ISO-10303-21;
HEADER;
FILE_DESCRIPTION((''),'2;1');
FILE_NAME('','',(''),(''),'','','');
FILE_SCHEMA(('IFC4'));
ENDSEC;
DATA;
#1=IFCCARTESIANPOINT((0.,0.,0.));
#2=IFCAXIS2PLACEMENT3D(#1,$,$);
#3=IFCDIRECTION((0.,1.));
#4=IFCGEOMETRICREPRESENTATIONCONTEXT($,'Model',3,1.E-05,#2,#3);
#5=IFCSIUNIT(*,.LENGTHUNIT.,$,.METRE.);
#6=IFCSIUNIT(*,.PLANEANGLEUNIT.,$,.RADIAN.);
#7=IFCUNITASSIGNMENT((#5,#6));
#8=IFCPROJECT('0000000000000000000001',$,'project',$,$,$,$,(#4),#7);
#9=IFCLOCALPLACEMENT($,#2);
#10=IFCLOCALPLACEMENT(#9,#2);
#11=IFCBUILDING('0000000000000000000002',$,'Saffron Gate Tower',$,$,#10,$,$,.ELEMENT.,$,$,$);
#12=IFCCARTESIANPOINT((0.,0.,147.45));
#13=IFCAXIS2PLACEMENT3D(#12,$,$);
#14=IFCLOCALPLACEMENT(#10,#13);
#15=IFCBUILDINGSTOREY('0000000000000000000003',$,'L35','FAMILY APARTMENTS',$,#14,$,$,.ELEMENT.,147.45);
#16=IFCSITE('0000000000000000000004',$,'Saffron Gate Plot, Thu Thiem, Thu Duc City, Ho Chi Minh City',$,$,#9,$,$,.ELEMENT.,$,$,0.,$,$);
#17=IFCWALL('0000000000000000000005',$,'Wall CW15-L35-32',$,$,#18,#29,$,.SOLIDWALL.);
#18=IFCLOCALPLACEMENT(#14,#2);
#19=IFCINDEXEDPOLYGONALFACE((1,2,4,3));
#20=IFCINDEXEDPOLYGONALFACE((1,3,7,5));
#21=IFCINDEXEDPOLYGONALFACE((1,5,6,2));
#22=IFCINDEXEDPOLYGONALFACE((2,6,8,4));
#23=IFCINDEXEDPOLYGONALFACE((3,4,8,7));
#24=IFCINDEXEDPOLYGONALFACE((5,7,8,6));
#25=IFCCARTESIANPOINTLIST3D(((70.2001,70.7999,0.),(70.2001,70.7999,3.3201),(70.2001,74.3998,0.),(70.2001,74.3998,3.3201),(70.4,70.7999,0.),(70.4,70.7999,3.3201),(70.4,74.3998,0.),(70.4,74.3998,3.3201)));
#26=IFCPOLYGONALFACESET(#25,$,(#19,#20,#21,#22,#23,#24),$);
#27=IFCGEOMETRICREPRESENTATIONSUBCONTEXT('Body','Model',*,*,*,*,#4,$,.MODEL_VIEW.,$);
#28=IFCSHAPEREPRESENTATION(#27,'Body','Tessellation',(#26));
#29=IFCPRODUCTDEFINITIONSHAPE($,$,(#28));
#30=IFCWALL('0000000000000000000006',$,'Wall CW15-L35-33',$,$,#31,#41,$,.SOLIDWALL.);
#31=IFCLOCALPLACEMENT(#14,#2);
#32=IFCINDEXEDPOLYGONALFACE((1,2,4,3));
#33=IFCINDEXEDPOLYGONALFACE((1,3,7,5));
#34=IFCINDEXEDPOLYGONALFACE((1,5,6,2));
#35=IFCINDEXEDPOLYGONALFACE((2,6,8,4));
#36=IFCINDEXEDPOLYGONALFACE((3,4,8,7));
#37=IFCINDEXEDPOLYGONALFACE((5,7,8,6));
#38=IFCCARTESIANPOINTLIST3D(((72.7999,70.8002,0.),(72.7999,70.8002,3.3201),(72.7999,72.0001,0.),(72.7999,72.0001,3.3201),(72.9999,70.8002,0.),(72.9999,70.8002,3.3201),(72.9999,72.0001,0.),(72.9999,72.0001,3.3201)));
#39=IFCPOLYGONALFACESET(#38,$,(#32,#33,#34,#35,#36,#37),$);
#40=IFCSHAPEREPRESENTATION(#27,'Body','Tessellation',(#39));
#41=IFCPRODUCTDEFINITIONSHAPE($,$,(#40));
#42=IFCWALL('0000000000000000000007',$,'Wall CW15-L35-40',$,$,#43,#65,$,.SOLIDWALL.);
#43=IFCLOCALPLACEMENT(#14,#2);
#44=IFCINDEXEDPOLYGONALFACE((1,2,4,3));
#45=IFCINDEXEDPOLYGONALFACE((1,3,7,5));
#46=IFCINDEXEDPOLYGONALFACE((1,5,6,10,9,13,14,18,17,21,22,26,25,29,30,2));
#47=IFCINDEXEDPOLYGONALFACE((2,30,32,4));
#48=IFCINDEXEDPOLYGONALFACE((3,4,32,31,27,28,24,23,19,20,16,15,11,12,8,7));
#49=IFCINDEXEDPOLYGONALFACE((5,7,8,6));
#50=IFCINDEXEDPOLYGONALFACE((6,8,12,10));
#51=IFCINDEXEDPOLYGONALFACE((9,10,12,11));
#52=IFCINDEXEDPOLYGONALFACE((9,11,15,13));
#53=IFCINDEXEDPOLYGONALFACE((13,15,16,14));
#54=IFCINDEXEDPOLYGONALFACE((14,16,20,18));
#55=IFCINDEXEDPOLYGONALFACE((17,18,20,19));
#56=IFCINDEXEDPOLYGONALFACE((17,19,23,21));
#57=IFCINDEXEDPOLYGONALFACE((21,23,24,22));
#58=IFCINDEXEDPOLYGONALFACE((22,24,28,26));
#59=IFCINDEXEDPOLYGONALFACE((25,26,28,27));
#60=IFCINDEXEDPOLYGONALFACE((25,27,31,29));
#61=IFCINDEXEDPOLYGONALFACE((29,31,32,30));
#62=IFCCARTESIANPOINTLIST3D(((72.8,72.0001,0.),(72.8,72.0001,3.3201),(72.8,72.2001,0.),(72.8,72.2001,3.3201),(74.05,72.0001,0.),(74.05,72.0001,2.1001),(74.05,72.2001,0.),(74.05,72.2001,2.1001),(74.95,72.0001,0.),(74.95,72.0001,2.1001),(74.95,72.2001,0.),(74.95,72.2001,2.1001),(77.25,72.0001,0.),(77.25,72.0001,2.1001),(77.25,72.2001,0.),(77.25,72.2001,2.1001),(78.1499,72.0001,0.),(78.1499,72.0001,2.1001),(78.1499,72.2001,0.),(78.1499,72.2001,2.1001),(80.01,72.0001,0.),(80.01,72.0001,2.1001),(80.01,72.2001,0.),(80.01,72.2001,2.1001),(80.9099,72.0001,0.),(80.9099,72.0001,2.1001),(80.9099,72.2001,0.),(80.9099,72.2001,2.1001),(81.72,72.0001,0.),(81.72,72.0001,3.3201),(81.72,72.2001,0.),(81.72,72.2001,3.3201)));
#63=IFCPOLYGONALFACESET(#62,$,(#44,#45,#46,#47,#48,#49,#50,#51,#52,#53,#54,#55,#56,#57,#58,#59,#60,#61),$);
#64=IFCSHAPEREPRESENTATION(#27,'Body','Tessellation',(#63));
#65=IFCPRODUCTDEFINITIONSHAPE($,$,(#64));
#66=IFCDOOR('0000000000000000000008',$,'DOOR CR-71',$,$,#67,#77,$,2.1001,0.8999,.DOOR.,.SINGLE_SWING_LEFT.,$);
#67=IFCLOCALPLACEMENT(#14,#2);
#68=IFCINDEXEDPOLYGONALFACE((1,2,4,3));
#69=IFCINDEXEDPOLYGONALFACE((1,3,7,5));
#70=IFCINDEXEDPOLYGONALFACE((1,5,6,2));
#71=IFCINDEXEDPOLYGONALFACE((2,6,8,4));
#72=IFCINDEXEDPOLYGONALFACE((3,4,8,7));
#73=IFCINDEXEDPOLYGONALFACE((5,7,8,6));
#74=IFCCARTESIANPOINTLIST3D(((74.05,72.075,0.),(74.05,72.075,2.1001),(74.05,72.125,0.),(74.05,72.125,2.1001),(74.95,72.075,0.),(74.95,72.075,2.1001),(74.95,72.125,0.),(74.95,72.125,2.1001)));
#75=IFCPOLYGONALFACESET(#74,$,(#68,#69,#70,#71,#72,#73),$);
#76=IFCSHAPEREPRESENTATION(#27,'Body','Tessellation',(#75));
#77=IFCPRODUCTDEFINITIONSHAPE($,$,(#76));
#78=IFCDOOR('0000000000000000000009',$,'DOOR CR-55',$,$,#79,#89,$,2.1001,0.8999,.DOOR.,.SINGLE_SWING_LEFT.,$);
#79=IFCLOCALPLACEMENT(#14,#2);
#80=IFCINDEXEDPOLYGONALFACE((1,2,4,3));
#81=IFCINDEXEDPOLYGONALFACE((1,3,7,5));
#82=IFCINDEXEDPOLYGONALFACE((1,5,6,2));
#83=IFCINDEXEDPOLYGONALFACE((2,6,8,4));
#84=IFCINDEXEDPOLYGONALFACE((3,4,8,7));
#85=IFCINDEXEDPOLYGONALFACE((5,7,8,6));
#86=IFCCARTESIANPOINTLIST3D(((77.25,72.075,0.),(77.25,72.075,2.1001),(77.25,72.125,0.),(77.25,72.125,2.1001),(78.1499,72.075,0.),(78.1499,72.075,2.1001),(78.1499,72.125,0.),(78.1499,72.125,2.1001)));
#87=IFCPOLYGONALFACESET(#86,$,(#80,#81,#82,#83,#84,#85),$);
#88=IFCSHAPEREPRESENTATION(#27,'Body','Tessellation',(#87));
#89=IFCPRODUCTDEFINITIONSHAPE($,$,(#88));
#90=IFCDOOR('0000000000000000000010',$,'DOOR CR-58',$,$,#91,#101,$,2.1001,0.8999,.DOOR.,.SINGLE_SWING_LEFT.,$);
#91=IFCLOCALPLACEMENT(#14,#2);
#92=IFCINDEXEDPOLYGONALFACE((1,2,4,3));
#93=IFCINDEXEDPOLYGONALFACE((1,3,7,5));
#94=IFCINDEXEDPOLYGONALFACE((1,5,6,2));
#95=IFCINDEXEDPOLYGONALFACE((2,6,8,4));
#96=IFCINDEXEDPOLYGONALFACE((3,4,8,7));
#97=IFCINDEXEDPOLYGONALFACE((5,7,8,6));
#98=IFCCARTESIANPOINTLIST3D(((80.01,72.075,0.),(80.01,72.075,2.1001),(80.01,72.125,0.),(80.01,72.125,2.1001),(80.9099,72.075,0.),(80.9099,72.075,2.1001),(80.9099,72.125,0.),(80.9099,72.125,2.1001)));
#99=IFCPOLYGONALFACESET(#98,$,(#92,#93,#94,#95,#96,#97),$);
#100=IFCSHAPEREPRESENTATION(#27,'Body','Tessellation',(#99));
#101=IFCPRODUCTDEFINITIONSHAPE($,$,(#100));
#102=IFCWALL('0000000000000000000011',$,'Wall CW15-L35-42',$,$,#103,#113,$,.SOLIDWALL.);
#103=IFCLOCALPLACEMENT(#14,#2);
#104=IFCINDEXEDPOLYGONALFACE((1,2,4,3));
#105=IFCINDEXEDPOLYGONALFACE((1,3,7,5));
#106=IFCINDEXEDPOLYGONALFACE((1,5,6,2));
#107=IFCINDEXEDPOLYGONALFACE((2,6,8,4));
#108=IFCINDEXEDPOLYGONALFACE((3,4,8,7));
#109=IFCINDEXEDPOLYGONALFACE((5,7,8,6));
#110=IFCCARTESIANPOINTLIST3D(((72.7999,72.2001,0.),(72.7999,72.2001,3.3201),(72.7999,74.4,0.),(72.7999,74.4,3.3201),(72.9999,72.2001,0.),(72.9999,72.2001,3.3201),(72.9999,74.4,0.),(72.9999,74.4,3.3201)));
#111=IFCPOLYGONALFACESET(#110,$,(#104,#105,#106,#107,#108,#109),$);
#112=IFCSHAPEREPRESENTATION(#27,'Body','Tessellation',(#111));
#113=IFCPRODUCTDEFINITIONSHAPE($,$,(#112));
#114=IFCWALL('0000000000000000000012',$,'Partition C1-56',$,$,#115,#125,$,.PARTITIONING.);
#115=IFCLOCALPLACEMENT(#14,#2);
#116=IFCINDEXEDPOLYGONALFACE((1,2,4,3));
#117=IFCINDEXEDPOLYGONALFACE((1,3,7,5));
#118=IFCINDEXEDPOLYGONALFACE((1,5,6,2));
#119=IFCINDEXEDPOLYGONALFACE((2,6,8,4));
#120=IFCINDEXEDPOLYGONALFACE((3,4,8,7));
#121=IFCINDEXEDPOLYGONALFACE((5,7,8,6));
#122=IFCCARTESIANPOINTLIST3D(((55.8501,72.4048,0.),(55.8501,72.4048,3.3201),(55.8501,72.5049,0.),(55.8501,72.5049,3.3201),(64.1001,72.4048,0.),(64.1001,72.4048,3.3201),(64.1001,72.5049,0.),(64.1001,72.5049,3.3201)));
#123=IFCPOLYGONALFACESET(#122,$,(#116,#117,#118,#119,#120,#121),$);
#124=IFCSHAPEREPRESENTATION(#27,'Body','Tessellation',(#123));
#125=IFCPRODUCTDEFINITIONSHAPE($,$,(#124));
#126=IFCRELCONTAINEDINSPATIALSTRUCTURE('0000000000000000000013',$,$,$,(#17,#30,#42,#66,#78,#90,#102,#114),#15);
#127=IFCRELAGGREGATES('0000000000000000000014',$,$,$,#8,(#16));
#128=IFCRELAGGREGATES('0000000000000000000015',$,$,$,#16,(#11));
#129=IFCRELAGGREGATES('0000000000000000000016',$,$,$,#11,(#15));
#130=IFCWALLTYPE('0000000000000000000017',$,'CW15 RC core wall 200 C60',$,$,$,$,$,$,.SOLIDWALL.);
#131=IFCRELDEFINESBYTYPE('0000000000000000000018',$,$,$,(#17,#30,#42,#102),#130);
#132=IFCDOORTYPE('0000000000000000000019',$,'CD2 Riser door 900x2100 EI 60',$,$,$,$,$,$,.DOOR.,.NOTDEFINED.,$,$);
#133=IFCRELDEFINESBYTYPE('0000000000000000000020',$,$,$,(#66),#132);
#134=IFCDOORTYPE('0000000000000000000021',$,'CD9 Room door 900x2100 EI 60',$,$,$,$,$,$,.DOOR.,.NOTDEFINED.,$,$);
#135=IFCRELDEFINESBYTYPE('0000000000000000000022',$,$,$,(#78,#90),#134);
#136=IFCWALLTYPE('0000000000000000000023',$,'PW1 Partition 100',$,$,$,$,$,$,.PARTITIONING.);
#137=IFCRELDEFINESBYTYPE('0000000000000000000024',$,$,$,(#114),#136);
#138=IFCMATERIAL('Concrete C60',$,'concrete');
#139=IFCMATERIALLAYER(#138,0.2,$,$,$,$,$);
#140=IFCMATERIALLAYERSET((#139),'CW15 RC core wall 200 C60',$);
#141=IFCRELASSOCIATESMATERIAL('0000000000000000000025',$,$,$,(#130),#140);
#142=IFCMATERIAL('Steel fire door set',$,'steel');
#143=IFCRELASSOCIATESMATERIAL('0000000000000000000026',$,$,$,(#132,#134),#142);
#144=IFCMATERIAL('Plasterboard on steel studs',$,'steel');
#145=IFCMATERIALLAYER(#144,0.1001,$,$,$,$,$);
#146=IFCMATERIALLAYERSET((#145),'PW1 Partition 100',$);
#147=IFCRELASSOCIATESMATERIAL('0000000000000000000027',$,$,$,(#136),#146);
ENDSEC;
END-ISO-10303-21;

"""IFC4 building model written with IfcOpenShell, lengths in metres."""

from ifc_helpers import new_model, si_unit, direction, frame, frame_2d, origin, place, context, subcontext, project, spatial, rectangle, extrude, material, layer, layer_set, type_object, element, fill, save


model = new_model("IFC4")

# Units and contexts
model_context = context("Model", 3, precision=1e-05, world=origin(), true_north=direction((0.0, 1.0)))
body_context = subcontext(model_context, "Body", "Model", "MODEL_VIEW")
ifc_project = project(units=[si_unit("LENGTHUNIT", "METRE"), si_unit("PLANEANGLEUNIT", "RADIAN")], contexts=[model_context])

# Site, building, storey
site_placement = place(None, origin())
site = spatial("IfcSite", under=ifc_project, at=site_placement, Name="Saffron Gate Plot, Thu Thiem, Thu Duc City, Ho Chi Minh City", CompositionType="ELEMENT", RefElevation=0.0)
building_placement = place(site_placement, origin())
building = spatial("IfcBuilding", under=site, at=building_placement, Name="Saffron Gate Tower", CompositionType="ELEMENT")
storey_placement = place(building_placement, frame((0.0, 0.0, 147.45)))
storey = spatial("IfcBuildingStorey", under=building, at=storey_placement, Name="L35", Description="FAMILY APARTMENTS", CompositionType="ELEMENT", Elevation=147.45)

# Shared definitions
ifc_material_1 = material(Name="Concrete C60", Category="concrete")
ifc_layer_1 = layer(ifc_material_1, 0.2)
ifc_layer_set_1 = layer_set([ifc_layer_1], Name="CW15 RC core wall 200 C60")
wall_type_1 = type_object("IfcWallType", Name="CW15 RC core wall 200 C60", PredefinedType="SOLIDWALL", material=ifc_layer_set_1)
ifc_material_2 = material(Name="Steel fire door set", Category="steel")

# Walls
wall_1_placement = place(storey_placement, frame((70.3, 70.8, 0.0), z_axis=(0.0, 0.0, 1.0), x_axis=(0.0, 1.0, 0.0)))
element("IfcWall", 1, at=wall_1_placement, inside=storey, type_object=wall_type_1, Name="Wall CW15-L35-32", PredefinedType="SOLIDWALL", context=body_context, shape_type="SweptSolid", body=[
    extrude(rectangle(XDim=3.5999, YDim=0.2, at=frame_2d((1.7998, 0.0))), origin(), (0.0, 0.0, 1.0), 3.3201),
])
wall_2_placement = place(storey_placement, frame((72.8999, 70.8, 0.0), z_axis=(0.0, 0.0, 1.0), x_axis=(0.0, 1.0, 0.0)))
element("IfcWall", 2, at=wall_2_placement, inside=storey, type_object=wall_type_1, Name="Wall CW15-L35-33", PredefinedType="SOLIDWALL", context=body_context, shape_type="SweptSolid", body=[
    extrude(rectangle(XDim=1.2, YDim=0.2, at=frame_2d((0.6001, 0.0))), origin(), (0.0, 0.0, 1.0), 3.3201),
])

# Wall, openings, doors
wall_3_placement = place(storey_placement, frame((72.8, 72.1001, 0.0), z_axis=(0.0, 0.0, 1.0), x_axis=(1.0, 0.0, 0.0)))
wall_3 = element("IfcWall", 3, at=wall_3_placement, inside=storey, type_object=wall_type_1, Name="Wall CW15-L35-40", PredefinedType="SOLIDWALL", context=body_context, shape_type="SweptSolid", body=[
    extrude(rectangle(XDim=8.9199, YDim=0.2, at=frame_2d((4.46, 0.0))), origin(), (0.0, 0.0, 1.0), 3.3201),
])
opening_1_placement = place(wall_3_placement, frame((1.25, 0.0, 0.0)))
opening_1 = element("IfcOpeningElement", 4, at=opening_1_placement, cuts=wall_3, PredefinedType="OPENING", context=body_context, shape_type="SweptSolid", body=[
    extrude(rectangle(XDim=0.8999, YDim=2.1001, at=frame_2d((0.45, 1.05))), frame((0.0, 0.1099, 0.0), z_axis=(0.0, -1.0, 0.0), x_axis=(1.0, 0.0, 0.0)), (0.0, 0.0, 1.0), 0.22),
])
opening_2_placement = place(wall_3_placement, frame((4.45, 0.0, 0.0)))
opening_2 = element("IfcOpeningElement", 5, at=opening_2_placement, cuts=wall_3, PredefinedType="OPENING", context=body_context, shape_type="SweptSolid", body=[
    extrude(rectangle(XDim=0.8999, YDim=2.1001, at=frame_2d((0.45, 1.05))), frame((0.0, 0.1099, 0.0), z_axis=(0.0, -1.0, 0.0), x_axis=(1.0, 0.0, 0.0)), (0.0, 0.0, 1.0), 0.22),
])
opening_3_placement = place(wall_3_placement, frame((7.21, 0.0, 0.0)))
opening_3 = element("IfcOpeningElement", 6, at=opening_3_placement, cuts=wall_3, PredefinedType="OPENING", context=body_context, shape_type="SweptSolid", body=[
    extrude(rectangle(XDim=0.8999, YDim=2.1001, at=frame_2d((0.45, 1.05))), frame((0.0, 0.1099, 0.0), z_axis=(0.0, -1.0, 0.0), x_axis=(1.0, 0.0, 0.0)), (0.0, 0.0, 1.0), 0.22),
])
door_type_1 = type_object("IfcDoorType", Name="CD2 Riser door 900x2100 EI 60", OperationType="NOTDEFINED", PredefinedType="DOOR", material=ifc_material_2)
door_1_placement = place(opening_1_placement, origin())
door_1 = element("IfcDoor", 7, at=door_1_placement, inside=storey, type_object=door_type_1, Name="DOOR CR-71", OperationType="SINGLE_SWING_LEFT", OverallHeight=2.1001, OverallWidth=0.8999, PredefinedType="DOOR", context=body_context, shape_type="SweptSolid", body=[
    extrude(rectangle(XDim=0.8999, YDim=2.1001, at=frame_2d((0.45, 1.05))), frame((0.0, 0.0249, 0.0), z_axis=(0.0, -1.0, 0.0), x_axis=(1.0, 0.0, 0.0)), (0.0, 0.0, 1.0), 0.05),
])
fill(opening_1, door_1)
door_type_2 = type_object("IfcDoorType", Name="CD9 Room door 900x2100 EI 60", OperationType="NOTDEFINED", PredefinedType="DOOR", material=ifc_material_2)
door_2_placement = place(opening_2_placement, origin())
door_2 = element("IfcDoor", 8, at=door_2_placement, inside=storey, type_object=door_type_2, Name="DOOR CR-55", OperationType="SINGLE_SWING_LEFT", OverallHeight=2.1001, OverallWidth=0.8999, PredefinedType="DOOR", context=body_context, shape_type="SweptSolid", body=[
    extrude(rectangle(XDim=0.8999, YDim=2.1001, at=frame_2d((0.45, 1.05))), frame((0.0, 0.0249, 0.0), z_axis=(0.0, -1.0, 0.0), x_axis=(1.0, 0.0, 0.0)), (0.0, 0.0, 1.0), 0.05),
])
fill(opening_2, door_2)
door_3_placement = place(opening_3_placement, origin())
door_3 = element("IfcDoor", 9, at=door_3_placement, inside=storey, type_object=door_type_2, Name="DOOR CR-58", OperationType="SINGLE_SWING_LEFT", OverallHeight=2.1001, OverallWidth=0.8999, PredefinedType="DOOR", context=body_context, shape_type="SweptSolid", body=[
    extrude(rectangle(XDim=0.8999, YDim=2.1001, at=frame_2d((0.45, 1.05))), frame((0.0, 0.0249, 0.0), z_axis=(0.0, -1.0, 0.0), x_axis=(1.0, 0.0, 0.0)), (0.0, 0.0, 1.0), 0.05),
])
fill(opening_3, door_3)

# Walls
wall_4_placement = place(storey_placement, frame((72.8999, 72.2, 0.0), z_axis=(0.0, 0.0, 1.0), x_axis=(0.0, 1.0, 0.0)))
element("IfcWall", 10, at=wall_4_placement, inside=storey, type_object=wall_type_1, Name="Wall CW15-L35-42", PredefinedType="SOLIDWALL", context=body_context, shape_type="SweptSolid", body=[
    extrude(rectangle(XDim=2.2, YDim=0.2, at=frame_2d((1.1001, 0.0))), origin(), (0.0, 0.0, 1.0), 3.3201),
])
ifc_material_3 = material(Name="Plasterboard on steel studs", Category="steel")
ifc_layer_2 = layer(ifc_material_3, 0.1001)
ifc_layer_set_2 = layer_set([ifc_layer_2], Name="PW1 Partition 100")
wall_type_2 = type_object("IfcWallType", Name="PW1 Partition 100", PredefinedType="PARTITIONING", material=ifc_layer_set_2)
wall_5_placement = place(storey_placement, frame((55.8501, 72.4548, 0.0), z_axis=(0.0, 0.0, 1.0), x_axis=(1.0, 0.0, 0.0)))
element("IfcWall", 11, at=wall_5_placement, inside=storey, type_object=wall_type_2, Name="Partition C1-56", PredefinedType="PARTITIONING", context=body_context, shape_type="SweptSolid", body=[
    extrude(rectangle(XDim=8.25, YDim=0.1001, at=frame_2d((4.125, 0.0))), origin(), (0.0, 0.0, 1.0), 3.3201),
])

save(model, "model.ifc")
